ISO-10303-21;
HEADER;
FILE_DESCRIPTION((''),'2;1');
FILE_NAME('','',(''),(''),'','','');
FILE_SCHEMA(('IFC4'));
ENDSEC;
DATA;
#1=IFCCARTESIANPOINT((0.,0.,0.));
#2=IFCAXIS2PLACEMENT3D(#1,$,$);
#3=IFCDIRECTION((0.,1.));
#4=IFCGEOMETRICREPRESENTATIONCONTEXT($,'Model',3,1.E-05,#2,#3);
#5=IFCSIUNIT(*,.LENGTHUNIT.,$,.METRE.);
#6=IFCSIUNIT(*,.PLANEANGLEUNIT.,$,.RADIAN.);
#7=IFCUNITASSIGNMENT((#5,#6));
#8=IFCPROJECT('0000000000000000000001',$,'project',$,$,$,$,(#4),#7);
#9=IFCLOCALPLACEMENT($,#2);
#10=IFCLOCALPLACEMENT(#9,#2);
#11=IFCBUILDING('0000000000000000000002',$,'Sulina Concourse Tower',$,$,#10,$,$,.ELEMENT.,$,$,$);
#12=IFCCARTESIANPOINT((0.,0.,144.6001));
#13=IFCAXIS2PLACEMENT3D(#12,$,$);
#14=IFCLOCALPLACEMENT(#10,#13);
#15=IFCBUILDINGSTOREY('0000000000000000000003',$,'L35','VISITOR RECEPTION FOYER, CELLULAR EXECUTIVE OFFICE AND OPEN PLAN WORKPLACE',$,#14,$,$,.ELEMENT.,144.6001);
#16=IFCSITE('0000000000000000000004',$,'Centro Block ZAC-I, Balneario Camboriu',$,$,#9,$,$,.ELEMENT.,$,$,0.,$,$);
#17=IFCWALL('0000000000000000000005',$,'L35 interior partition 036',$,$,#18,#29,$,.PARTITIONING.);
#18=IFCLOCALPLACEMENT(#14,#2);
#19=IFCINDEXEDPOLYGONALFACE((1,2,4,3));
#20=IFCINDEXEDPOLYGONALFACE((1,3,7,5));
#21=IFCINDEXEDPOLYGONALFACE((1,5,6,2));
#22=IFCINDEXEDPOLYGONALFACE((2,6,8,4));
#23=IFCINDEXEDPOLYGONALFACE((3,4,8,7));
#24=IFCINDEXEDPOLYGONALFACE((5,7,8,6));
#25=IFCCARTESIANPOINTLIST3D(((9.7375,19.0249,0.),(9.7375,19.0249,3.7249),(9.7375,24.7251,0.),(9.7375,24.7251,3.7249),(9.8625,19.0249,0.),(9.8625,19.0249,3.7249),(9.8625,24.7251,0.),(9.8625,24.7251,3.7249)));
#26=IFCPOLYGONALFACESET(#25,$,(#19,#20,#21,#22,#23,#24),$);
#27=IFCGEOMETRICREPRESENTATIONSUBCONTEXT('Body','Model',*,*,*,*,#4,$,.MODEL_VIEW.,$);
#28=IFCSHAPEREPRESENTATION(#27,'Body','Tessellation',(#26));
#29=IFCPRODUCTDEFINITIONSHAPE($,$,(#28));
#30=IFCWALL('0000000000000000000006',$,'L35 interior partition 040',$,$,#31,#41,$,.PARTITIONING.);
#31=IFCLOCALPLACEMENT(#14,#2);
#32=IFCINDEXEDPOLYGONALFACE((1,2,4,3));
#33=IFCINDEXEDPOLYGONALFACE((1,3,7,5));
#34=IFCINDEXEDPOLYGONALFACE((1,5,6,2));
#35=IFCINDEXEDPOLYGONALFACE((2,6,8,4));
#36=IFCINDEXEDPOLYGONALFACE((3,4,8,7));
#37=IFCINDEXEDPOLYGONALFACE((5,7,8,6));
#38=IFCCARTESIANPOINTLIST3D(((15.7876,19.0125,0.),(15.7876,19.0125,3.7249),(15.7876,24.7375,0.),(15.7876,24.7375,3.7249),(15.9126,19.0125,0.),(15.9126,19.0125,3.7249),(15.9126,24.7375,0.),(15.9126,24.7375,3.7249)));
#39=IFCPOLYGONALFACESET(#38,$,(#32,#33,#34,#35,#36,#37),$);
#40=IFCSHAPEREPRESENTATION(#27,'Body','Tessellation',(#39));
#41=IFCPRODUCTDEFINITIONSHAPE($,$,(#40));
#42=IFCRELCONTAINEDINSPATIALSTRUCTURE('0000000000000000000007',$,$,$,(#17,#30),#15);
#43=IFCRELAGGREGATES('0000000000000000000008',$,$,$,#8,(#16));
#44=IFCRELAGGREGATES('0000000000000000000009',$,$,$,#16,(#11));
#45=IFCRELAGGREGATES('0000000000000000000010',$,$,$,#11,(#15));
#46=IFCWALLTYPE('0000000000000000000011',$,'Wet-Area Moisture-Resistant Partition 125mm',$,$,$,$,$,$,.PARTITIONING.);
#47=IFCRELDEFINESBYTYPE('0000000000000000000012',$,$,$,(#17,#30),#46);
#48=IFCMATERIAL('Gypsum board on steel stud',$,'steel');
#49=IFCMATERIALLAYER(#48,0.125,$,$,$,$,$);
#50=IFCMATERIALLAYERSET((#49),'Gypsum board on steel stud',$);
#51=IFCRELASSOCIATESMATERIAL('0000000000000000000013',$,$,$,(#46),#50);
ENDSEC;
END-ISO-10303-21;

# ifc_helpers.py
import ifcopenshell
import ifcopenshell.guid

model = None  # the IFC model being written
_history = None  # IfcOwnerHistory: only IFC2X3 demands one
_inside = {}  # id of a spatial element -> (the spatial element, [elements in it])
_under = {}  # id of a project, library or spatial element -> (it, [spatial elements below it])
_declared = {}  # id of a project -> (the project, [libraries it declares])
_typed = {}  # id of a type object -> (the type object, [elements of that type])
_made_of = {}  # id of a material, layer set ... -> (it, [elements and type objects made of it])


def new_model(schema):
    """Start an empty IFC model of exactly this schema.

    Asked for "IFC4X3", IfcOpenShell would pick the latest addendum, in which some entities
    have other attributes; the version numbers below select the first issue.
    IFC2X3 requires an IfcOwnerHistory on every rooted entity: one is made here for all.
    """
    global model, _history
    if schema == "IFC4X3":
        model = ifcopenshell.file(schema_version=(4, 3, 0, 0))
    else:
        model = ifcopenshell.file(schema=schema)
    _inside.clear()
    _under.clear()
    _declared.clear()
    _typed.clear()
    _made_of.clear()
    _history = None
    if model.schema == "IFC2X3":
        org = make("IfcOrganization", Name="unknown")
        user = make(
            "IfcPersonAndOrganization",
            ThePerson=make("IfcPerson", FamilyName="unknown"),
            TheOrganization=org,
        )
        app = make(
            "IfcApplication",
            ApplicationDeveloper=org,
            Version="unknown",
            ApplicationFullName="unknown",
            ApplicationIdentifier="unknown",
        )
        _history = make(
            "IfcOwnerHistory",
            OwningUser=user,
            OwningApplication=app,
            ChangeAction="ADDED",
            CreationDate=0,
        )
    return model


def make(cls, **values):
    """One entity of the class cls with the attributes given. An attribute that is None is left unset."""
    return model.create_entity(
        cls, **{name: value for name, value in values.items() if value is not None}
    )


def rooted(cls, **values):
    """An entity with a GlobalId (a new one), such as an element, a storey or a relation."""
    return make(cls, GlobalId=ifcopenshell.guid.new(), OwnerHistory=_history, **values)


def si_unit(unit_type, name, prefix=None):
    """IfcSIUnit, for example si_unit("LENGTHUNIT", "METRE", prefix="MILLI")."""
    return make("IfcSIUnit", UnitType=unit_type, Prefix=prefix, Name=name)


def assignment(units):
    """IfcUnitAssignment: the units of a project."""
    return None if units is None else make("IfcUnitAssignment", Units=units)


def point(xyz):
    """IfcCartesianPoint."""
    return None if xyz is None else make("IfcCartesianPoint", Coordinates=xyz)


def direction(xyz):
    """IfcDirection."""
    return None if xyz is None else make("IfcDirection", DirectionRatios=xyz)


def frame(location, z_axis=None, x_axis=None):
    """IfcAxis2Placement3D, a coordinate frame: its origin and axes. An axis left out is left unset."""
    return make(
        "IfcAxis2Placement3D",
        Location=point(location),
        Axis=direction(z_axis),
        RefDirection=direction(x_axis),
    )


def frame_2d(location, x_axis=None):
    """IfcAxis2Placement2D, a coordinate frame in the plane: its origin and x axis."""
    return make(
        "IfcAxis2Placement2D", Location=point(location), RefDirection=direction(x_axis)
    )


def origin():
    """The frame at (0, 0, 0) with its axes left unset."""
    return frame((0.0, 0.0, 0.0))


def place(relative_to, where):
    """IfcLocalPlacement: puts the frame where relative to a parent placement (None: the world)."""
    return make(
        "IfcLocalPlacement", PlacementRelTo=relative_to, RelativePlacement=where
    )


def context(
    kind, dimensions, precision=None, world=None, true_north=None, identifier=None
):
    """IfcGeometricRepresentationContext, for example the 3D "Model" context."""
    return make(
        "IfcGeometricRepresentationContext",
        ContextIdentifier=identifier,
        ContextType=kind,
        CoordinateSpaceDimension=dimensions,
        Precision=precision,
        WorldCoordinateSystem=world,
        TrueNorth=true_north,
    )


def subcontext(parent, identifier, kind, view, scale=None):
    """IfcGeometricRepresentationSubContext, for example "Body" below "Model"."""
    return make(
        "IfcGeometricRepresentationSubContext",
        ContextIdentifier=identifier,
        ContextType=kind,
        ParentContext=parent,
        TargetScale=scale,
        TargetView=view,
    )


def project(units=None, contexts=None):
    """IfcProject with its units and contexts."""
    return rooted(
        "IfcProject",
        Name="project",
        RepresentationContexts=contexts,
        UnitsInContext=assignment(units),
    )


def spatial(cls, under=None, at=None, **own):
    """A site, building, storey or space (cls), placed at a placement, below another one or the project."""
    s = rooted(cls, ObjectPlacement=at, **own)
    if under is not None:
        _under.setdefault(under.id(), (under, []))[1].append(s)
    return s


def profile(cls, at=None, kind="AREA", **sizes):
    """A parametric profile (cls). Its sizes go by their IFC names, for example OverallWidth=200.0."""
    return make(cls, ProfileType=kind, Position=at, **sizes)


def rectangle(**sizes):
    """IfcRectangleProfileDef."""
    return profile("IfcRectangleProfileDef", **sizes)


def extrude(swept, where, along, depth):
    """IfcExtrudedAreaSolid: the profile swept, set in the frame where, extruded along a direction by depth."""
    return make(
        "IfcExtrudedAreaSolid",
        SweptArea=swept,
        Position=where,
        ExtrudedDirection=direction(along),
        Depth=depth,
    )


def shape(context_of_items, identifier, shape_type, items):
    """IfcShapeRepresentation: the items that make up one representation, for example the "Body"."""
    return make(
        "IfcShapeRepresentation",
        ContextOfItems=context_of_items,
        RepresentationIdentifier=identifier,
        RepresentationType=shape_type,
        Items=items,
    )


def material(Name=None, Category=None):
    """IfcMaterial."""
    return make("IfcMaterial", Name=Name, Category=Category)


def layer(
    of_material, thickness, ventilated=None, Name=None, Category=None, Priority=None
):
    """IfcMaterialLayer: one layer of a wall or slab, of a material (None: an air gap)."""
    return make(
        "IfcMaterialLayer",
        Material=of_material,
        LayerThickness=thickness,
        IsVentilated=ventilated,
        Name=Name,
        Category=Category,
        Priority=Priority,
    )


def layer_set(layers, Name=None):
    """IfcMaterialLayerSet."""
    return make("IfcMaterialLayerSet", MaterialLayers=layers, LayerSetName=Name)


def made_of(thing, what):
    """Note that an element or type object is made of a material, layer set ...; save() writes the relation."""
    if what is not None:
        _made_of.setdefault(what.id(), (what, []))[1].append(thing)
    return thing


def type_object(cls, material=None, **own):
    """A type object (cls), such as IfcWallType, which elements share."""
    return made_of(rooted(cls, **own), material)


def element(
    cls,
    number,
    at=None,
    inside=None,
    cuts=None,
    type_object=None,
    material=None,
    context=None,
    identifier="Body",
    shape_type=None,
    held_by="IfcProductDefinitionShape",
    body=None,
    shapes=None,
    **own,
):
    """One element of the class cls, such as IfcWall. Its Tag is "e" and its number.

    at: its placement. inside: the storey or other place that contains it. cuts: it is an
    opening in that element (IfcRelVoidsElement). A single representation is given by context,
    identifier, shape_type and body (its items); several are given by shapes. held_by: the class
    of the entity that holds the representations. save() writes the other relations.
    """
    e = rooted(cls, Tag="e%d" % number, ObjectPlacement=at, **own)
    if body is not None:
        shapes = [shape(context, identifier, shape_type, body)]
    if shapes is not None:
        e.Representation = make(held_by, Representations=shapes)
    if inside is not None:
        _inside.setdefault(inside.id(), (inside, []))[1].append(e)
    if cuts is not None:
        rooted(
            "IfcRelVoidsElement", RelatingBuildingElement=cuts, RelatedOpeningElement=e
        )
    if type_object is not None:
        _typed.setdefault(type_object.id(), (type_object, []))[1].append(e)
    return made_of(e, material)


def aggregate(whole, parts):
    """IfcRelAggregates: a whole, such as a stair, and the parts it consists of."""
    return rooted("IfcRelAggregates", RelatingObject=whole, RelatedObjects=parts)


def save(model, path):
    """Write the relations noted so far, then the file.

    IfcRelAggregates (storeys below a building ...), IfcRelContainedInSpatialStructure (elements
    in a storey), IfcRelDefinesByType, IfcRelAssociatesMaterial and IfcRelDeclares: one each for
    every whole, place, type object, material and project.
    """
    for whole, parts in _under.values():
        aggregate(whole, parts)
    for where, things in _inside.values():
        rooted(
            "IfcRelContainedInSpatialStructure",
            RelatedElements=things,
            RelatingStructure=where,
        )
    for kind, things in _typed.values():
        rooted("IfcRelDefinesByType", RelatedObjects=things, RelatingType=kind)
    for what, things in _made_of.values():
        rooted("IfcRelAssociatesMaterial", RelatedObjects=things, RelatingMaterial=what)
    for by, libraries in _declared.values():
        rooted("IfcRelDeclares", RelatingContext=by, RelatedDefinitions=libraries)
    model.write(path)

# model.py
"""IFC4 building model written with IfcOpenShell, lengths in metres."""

from ifc_helpers import new_model, si_unit, direction, frame, frame_2d, origin, place, context, subcontext, project, spatial, rectangle, extrude, material, layer, layer_set, type_object, element, save


model = new_model("IFC4")

# Units and contexts
model_context = context("Model", 3, precision=1e-05, world=origin(), true_north=direction((0.0, 1.0)))
body_context = subcontext(model_context, "Body", "Model", "MODEL_VIEW")
ifc_project = project(units=[si_unit("LENGTHUNIT", "METRE"), si_unit("PLANEANGLEUNIT", "RADIAN")], contexts=[model_context])

# Site, building, storey
site_placement = place(None, origin())
site = spatial("IfcSite", under=ifc_project, at=site_placement, Name="Centro Block ZAC-I, Balneario Camboriu", CompositionType="ELEMENT", RefElevation=0.0)
building_placement = place(site_placement, origin())
building = spatial("IfcBuilding", under=site, at=building_placement, Name="Sulina Concourse Tower", CompositionType="ELEMENT")
storey_placement = place(building_placement, frame((0.0, 0.0, 144.6001)))
storey = spatial("IfcBuildingStorey", under=building, at=storey_placement, Name="L35", Description="VISITOR RECEPTION FOYER, CELLULAR EXECUTIVE OFFICE AND OPEN PLAN WORKPLACE", CompositionType="ELEMENT", Elevation=144.6001)

# Shared definitions
ifc_material_1 = material(Name="Gypsum board on steel stud", Category="steel")
ifc_layer_1 = layer(ifc_material_1, 0.125)
ifc_layer_set_1 = layer_set([ifc_layer_1], Name="Gypsum board on steel stud")
wall_type_1 = type_object("IfcWallType", Name="Wet-Area Moisture-Resistant Partition 125mm", PredefinedType="PARTITIONING", material=ifc_layer_set_1)

# Walls
wall_1_placement = place(storey_placement, frame((9.8, 19.0249, 0.0), z_axis=(0.0, 0.0, 1.0), x_axis=(0.0, 1.0, 0.0)))
element("IfcWall", 1, at=wall_1_placement, inside=storey, type_object=wall_type_1, Name="L35 interior partition 036", PredefinedType="PARTITIONING", context=body_context, shape_type="SweptSolid", body=[
    extrude(rectangle(XDim=5.7002, YDim=0.125, at=frame_2d((2.8501, 0.0))), origin(), (0.0, 0.0, 1.0), 3.7249),
])
wall_2_placement = place(storey_placement, frame((15.8501, 19.0125, 0.0), z_axis=(0.0, 0.0, 1.0), x_axis=(0.0, 1.0, 0.0)))
element("IfcWall", 2, at=wall_2_placement, inside=storey, type_object=wall_type_1, Name="L35 interior partition 040", PredefinedType="PARTITIONING", context=body_context, shape_type="SweptSolid", body=[
    extrude(rectangle(XDim=5.7251, YDim=0.125, at=frame_2d((2.8625, 0.0))), origin(), (0.0, 0.0, 1.0), 3.7249),
])

save(model, "model.ifc")
